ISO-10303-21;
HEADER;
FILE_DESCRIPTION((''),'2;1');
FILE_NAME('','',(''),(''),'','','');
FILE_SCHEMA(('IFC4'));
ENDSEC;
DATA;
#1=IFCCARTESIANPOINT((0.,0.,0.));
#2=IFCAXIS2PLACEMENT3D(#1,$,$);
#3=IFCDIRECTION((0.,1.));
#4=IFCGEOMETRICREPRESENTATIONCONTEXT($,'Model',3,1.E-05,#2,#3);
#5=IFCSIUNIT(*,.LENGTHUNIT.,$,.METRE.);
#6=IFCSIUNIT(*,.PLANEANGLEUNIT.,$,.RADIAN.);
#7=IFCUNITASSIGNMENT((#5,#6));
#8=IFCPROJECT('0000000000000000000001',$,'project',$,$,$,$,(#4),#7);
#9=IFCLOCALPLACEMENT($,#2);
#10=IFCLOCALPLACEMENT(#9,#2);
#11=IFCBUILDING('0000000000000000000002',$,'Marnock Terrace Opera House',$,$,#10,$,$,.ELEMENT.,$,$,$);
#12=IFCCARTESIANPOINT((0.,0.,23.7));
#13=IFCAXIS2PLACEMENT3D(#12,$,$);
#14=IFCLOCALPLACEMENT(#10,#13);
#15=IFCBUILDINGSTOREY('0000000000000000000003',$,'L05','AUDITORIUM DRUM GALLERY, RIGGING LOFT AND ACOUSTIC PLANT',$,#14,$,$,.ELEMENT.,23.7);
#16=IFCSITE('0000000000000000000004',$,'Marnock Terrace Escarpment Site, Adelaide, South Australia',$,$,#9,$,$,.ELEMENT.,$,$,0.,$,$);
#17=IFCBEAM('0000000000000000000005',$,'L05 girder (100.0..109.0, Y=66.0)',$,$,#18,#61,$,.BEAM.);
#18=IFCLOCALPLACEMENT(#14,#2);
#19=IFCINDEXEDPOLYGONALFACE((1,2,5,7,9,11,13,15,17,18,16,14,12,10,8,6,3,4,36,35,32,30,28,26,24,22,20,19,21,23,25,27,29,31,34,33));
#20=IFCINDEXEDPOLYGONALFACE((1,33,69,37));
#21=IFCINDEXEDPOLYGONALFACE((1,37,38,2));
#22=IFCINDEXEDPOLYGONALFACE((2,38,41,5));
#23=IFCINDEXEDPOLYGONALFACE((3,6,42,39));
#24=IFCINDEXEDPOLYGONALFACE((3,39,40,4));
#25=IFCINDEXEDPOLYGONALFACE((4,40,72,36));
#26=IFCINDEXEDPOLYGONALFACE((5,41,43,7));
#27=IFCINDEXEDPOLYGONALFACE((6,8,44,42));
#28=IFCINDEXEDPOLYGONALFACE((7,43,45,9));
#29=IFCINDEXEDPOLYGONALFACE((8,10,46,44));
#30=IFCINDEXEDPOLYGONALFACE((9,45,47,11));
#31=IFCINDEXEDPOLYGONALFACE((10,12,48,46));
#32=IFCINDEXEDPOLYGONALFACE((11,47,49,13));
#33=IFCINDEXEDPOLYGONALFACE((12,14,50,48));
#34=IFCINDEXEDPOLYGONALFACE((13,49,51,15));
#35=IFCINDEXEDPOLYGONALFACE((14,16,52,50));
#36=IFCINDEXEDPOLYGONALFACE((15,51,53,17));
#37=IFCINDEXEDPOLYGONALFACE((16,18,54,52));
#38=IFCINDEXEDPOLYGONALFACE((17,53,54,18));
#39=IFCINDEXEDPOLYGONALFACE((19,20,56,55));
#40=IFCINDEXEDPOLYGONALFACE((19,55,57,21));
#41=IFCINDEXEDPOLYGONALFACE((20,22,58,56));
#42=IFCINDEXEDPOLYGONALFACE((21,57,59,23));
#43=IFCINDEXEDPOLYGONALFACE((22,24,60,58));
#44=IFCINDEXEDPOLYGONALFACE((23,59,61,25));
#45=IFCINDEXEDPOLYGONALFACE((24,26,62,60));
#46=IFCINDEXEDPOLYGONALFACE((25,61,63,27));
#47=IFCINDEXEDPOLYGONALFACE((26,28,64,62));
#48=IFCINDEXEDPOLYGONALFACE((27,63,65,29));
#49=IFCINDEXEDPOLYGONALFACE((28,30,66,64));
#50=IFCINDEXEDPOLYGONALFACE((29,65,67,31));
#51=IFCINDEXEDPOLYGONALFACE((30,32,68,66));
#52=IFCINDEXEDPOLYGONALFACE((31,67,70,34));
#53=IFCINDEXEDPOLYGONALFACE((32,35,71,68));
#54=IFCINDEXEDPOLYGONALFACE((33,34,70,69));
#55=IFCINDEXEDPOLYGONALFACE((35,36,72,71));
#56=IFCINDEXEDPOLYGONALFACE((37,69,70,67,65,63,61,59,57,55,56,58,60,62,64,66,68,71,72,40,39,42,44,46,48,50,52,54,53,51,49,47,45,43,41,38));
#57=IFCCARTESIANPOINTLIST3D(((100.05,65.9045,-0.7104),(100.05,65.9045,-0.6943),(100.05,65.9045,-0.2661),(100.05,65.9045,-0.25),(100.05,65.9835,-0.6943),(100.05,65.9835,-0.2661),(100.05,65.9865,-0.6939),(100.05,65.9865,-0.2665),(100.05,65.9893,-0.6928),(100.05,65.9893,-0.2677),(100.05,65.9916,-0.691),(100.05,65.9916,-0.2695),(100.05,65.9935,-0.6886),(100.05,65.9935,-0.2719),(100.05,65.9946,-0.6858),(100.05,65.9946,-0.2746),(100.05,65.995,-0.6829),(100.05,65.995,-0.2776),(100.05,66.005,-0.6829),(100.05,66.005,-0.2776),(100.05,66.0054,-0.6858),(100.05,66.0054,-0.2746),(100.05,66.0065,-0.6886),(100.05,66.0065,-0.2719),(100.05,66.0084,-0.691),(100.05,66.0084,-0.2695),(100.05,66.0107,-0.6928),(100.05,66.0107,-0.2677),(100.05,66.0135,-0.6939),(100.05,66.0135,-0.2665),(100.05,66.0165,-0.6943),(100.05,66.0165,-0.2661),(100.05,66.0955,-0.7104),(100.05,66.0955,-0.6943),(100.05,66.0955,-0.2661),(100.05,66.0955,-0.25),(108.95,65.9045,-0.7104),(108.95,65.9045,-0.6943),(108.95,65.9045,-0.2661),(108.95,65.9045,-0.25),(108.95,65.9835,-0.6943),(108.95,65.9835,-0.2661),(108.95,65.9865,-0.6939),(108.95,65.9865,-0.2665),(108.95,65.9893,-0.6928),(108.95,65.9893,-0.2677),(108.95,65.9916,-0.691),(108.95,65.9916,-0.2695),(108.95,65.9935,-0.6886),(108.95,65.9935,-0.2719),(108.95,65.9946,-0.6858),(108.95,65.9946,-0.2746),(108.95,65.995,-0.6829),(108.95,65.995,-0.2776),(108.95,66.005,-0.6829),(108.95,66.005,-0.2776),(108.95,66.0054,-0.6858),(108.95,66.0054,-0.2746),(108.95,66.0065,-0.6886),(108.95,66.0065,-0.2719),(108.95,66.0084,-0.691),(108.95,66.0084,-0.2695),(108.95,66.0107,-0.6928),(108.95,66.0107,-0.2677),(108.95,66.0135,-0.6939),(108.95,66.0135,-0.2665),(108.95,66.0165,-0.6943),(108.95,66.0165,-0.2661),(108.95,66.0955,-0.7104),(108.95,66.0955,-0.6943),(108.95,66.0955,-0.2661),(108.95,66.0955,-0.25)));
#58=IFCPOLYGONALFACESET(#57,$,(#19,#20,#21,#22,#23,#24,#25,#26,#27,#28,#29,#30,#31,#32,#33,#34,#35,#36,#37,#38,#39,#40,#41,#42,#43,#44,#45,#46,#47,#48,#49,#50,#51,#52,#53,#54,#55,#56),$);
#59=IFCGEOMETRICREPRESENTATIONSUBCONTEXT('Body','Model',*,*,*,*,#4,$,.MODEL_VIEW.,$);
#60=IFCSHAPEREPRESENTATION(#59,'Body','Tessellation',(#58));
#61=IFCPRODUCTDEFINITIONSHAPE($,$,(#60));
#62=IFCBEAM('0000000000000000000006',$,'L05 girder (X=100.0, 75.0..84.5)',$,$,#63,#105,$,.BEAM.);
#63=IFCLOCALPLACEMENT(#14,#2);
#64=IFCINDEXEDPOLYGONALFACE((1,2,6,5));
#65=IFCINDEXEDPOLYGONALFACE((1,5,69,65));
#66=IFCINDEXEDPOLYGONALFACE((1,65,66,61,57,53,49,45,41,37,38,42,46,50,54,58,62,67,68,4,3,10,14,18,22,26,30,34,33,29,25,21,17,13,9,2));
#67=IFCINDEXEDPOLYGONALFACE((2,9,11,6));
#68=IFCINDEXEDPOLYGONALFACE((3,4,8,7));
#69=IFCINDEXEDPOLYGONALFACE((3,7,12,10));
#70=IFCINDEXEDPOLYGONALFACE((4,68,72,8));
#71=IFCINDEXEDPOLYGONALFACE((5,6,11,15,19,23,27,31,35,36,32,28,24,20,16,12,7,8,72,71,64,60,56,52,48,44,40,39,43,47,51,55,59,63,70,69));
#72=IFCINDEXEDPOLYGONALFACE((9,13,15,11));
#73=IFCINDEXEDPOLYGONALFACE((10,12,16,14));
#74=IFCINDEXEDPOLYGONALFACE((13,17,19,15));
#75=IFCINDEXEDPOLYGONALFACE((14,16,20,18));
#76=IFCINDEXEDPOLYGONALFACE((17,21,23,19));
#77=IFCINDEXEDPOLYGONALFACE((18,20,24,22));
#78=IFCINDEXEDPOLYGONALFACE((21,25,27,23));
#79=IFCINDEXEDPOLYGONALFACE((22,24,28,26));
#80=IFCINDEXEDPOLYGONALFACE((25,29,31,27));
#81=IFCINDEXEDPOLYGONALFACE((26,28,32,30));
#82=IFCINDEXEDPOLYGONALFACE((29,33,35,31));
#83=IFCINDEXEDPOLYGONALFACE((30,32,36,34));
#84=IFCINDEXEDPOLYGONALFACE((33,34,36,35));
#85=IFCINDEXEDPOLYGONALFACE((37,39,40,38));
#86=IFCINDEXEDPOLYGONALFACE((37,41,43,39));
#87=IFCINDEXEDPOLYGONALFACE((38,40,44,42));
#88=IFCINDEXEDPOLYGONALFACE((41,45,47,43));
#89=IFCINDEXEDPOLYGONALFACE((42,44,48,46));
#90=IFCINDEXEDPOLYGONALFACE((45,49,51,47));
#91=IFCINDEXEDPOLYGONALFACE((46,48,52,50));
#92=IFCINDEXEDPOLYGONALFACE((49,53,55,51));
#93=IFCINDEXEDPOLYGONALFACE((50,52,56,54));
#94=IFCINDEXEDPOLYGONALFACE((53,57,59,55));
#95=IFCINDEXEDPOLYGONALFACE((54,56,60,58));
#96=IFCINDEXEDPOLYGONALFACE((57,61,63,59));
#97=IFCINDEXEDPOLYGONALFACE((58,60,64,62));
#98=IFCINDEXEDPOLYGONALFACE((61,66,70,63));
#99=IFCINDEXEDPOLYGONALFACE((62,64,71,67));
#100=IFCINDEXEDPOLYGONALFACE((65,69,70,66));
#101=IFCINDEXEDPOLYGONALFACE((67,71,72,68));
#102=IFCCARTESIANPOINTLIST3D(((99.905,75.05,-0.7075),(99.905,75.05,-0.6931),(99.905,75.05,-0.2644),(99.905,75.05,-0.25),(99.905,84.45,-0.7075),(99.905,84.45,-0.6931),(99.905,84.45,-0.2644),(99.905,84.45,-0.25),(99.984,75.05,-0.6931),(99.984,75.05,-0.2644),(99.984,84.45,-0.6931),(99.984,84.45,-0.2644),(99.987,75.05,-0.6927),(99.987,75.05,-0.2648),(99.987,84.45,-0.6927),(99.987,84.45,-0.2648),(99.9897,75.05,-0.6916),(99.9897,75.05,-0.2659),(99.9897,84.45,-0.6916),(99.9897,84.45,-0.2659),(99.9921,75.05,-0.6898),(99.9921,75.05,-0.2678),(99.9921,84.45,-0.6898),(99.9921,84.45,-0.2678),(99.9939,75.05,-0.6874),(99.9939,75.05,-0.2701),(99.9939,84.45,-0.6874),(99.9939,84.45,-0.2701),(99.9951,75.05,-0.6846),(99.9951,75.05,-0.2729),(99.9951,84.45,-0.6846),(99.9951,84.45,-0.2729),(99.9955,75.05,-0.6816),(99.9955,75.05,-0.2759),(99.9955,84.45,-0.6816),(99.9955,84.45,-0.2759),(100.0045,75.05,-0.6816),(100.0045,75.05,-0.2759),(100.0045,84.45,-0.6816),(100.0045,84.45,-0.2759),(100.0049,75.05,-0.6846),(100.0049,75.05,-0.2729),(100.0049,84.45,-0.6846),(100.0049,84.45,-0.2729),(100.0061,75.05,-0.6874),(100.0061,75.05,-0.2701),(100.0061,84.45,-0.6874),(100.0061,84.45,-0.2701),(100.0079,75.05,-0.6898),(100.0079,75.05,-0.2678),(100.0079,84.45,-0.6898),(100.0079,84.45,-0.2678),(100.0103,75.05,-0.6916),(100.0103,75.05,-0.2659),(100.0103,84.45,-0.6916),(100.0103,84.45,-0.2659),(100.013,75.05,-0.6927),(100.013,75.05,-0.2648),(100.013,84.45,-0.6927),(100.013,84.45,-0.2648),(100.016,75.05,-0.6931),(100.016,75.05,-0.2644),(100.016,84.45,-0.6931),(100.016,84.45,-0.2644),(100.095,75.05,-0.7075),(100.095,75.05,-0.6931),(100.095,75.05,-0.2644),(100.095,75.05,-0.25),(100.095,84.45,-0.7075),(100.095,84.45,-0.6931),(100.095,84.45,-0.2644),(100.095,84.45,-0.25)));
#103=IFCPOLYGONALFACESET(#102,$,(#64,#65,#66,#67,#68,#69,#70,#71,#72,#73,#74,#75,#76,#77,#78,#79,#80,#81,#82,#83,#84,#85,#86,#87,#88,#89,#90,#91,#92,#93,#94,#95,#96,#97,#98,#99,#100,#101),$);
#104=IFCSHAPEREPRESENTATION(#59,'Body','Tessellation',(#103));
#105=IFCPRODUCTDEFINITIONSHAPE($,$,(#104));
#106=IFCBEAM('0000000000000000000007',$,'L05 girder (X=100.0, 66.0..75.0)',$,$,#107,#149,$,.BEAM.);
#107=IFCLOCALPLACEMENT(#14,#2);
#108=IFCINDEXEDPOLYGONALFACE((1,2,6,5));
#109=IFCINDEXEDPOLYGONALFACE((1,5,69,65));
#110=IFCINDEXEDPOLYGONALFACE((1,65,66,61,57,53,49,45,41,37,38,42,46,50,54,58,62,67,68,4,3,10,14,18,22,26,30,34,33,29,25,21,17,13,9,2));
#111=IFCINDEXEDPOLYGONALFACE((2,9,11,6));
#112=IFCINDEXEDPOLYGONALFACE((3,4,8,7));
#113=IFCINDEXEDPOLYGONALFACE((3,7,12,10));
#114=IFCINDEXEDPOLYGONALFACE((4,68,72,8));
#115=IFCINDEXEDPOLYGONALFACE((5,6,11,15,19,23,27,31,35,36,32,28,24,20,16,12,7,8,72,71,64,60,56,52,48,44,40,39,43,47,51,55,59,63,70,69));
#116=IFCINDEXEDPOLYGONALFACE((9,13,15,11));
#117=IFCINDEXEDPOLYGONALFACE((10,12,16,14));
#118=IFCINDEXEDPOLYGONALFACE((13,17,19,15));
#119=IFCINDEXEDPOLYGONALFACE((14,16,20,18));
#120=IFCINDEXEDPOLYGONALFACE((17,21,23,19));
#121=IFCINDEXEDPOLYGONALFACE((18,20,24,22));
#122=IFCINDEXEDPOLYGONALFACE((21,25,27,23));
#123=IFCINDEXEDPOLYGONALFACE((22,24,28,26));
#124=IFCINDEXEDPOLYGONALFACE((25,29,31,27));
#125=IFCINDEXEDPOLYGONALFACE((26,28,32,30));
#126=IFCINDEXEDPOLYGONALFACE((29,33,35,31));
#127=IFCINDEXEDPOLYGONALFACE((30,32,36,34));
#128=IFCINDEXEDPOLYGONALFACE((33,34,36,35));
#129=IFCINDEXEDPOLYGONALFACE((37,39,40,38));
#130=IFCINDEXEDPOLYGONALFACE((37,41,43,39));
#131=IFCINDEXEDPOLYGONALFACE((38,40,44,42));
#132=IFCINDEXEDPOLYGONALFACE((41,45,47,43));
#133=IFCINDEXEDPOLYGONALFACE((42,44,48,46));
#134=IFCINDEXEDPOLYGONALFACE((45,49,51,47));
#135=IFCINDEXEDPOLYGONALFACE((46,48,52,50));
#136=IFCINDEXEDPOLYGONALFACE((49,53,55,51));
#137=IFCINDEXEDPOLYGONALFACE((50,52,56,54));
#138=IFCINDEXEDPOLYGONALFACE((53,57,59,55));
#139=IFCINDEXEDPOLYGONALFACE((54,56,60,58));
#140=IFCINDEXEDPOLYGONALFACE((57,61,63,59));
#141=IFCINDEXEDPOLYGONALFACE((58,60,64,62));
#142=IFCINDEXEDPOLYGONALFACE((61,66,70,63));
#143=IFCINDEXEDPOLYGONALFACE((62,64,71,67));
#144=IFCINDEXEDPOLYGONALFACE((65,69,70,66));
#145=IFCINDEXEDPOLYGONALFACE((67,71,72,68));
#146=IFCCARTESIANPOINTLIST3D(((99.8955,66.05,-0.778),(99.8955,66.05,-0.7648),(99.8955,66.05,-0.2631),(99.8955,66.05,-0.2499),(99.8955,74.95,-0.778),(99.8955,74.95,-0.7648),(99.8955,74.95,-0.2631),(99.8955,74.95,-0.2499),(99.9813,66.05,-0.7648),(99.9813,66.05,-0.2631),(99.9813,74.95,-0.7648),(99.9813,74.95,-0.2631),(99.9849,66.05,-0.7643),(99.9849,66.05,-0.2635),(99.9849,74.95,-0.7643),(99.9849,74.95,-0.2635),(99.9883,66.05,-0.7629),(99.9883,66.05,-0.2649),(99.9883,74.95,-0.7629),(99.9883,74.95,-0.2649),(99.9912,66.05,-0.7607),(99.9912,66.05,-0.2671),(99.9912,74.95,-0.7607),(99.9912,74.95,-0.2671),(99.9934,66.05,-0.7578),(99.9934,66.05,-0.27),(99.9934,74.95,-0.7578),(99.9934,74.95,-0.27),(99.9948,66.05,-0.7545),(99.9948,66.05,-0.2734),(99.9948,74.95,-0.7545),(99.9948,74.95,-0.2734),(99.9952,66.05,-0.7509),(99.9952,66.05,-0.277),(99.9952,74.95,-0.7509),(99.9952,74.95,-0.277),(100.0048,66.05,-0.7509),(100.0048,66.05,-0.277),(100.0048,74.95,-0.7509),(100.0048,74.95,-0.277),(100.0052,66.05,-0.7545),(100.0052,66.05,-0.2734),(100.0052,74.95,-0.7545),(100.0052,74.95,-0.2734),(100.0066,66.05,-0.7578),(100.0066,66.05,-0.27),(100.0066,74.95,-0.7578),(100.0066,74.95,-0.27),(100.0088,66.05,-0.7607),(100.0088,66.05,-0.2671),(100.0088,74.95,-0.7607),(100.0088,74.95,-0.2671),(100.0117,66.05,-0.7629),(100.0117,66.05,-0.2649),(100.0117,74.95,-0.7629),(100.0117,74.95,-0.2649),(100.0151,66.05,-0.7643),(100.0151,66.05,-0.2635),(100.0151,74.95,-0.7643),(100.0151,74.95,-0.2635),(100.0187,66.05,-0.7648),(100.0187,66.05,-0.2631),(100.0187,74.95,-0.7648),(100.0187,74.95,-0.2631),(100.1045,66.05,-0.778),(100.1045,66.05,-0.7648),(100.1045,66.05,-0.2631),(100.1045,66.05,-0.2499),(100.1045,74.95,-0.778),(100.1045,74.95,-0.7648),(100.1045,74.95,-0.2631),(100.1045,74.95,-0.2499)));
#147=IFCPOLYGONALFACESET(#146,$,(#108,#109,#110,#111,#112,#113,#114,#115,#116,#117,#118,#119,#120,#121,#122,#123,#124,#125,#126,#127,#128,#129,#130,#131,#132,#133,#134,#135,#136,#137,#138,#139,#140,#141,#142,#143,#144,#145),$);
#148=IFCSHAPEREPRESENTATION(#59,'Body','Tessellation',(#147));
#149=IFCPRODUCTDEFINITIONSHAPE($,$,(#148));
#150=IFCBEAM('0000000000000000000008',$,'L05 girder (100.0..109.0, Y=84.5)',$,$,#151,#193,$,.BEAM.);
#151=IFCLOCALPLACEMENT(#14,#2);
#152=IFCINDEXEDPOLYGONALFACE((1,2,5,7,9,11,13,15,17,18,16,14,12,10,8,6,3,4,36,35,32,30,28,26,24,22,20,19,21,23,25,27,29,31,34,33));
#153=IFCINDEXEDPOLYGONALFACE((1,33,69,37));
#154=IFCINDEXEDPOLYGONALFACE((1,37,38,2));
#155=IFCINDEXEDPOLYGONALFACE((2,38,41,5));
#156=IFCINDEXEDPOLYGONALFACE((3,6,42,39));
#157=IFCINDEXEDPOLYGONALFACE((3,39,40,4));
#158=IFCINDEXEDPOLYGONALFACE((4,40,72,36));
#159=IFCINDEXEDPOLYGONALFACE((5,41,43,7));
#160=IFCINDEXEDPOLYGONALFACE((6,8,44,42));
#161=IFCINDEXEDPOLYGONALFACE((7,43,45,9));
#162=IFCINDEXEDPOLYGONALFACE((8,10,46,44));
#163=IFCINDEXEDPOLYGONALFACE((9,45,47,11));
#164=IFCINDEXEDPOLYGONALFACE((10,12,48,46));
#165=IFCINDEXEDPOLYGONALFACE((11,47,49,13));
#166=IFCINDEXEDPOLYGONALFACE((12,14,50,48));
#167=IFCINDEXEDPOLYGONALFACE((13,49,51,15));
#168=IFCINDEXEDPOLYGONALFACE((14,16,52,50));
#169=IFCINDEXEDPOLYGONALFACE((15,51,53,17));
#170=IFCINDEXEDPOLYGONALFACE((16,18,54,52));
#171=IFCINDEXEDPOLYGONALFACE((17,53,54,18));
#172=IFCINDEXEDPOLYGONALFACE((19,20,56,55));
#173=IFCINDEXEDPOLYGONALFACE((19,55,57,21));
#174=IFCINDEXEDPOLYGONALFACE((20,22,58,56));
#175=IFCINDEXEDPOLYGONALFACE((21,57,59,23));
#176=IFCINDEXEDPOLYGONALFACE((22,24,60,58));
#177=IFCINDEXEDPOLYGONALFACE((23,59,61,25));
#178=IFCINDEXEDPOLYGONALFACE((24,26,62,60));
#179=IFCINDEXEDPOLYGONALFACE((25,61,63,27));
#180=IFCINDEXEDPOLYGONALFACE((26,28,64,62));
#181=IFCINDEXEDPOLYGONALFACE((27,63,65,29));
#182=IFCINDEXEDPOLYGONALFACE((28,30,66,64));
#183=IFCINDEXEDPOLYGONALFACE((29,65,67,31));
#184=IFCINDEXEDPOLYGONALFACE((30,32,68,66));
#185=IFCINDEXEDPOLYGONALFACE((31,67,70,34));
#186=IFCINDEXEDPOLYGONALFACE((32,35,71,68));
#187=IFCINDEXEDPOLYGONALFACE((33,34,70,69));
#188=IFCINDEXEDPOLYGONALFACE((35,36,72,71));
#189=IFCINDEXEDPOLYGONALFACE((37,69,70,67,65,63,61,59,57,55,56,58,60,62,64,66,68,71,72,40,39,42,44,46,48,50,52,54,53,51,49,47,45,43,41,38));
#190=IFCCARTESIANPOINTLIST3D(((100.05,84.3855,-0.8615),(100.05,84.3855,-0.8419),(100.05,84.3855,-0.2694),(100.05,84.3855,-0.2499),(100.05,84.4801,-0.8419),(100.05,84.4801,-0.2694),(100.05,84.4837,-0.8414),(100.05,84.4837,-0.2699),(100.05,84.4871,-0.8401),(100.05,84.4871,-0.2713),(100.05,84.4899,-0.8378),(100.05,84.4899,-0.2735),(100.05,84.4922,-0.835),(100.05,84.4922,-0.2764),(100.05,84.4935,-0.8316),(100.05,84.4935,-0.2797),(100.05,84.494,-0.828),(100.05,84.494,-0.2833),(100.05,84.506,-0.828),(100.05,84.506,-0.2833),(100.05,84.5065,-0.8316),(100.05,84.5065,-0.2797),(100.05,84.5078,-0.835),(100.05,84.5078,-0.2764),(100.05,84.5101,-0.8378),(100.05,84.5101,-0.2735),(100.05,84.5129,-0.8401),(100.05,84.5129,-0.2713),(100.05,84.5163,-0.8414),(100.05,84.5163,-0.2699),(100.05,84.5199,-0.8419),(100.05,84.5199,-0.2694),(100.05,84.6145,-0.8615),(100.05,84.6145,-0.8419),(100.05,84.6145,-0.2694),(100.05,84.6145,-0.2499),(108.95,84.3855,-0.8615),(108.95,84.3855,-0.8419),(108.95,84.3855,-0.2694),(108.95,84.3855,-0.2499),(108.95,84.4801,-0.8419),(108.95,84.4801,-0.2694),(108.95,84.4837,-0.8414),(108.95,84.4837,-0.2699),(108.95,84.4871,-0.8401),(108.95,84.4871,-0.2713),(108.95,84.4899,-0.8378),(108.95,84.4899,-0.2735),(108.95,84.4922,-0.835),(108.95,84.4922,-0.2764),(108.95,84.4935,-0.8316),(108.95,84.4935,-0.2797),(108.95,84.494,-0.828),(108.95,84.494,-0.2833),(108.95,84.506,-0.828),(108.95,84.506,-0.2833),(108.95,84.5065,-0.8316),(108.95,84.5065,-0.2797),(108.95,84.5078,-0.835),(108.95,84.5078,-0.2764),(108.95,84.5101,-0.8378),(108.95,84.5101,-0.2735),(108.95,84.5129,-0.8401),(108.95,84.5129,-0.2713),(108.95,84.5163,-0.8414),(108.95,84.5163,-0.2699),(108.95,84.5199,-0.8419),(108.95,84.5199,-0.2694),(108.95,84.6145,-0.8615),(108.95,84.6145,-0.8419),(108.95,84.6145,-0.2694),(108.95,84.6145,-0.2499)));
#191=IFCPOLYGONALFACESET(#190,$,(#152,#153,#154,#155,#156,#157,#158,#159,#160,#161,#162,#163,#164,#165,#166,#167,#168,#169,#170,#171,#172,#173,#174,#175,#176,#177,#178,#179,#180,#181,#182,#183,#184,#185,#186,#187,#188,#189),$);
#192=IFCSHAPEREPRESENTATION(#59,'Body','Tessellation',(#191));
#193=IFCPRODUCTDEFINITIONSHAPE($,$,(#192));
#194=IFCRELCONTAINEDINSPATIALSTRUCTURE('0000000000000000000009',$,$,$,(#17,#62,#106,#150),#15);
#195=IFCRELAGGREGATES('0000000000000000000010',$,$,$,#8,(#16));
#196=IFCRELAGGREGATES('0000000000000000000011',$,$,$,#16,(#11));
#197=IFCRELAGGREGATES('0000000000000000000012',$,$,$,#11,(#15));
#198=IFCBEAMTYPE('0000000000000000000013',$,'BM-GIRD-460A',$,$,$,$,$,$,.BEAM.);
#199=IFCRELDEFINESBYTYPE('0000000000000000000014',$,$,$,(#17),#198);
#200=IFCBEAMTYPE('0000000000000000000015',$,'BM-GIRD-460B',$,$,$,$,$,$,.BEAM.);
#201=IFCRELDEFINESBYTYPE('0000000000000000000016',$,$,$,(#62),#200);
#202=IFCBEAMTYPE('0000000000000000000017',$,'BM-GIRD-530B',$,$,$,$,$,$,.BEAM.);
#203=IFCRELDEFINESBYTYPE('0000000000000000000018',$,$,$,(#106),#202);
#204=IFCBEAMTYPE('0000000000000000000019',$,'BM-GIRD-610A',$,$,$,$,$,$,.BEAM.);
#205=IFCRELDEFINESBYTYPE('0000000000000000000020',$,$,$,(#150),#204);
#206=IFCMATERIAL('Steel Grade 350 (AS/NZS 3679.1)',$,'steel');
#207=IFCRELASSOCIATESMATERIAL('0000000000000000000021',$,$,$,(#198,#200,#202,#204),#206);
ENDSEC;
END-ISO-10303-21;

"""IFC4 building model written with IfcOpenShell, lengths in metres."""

from ifc_helpers import new_model, si_unit, direction, frame, origin, origin_2d, place, context, subcontext, project, spatial, i_section, extrude, material, material_profile, profile_set, type_object, element, save


model = new_model("IFC4")

# Units and contexts
model_context = context("Model", 3, precision=1e-05, world=origin(), true_north=direction((0.0, 1.0)))
body_context = subcontext(model_context, "Body", "Model", "MODEL_VIEW")
ifc_project = project(units=[si_unit("LENGTHUNIT", "METRE"), si_unit("PLANEANGLEUNIT", "RADIAN")], contexts=[model_context])

# Site, building, storey
site_placement = place(None, origin())
site = spatial("IfcSite", under=ifc_project, at=site_placement, Name="Marnock Terrace Escarpment Site, Adelaide, South Australia", CompositionType="ELEMENT", RefElevation=0.0)
building_placement = place(site_placement, origin())
building = spatial("IfcBuilding", under=site, at=building_placement, Name="Marnock Terrace Opera House", CompositionType="ELEMENT")
storey_placement = place(building_placement, frame((0.0, 0.0, 23.7)))
storey = spatial("IfcBuildingStorey", under=building, at=storey_placement, Name="L05", Description="AUDITORIUM DRUM GALLERY, RIGGING LOFT AND ACOUSTIC PLANT", CompositionType="ELEMENT", Elevation=23.7)

# Beams
ifc_material_1 = material(Name="Steel Grade 350 (AS/NZS 3679.1)", Category="steel")
ifc_material_profile_1 = material_profile(ifc_material_1, i_section(OverallWidth=0.1909, OverallDepth=0.4604, WebThickness=0.01, FlangeThickness=0.0161, FilletRadius=0.0115, at=origin_2d()))
ifc_profile_set_1 = profile_set([ifc_material_profile_1], Name="Steel Grade 350 (AS/NZS 3679.1)")
beam_type_1 = type_object("IfcBeamType", Name="BM-GIRD-460A", PredefinedType="BEAM", material=ifc_profile_set_1)
beam_1_placement = place(storey_placement, frame((100.05, 66.0, -0.4802), z_axis=(1.0, 0.0, 0.0), x_axis=(0.0, 1.0, 0.0)))
element("IfcBeam", 1, at=beam_1_placement, inside=storey, type_object=beam_type_1, Name="L05 girder (100.0..109.0, Y=66.0)", PredefinedType="BEAM", context=body_context, shape_type="SweptSolid", body=[
    extrude(i_section(OverallWidth=0.1909, OverallDepth=0.4604, WebThickness=0.01, FlangeThickness=0.0161, FilletRadius=0.0115, at=origin_2d()), origin(), (0.0, 0.0, 1.0), 8.8999),
])
ifc_material_profile_2 = material_profile(ifc_material_1, i_section(OverallWidth=0.1899, OverallDepth=0.4575, WebThickness=0.009, FlangeThickness=0.0144, FilletRadius=0.0115, at=origin_2d()))
ifc_profile_set_2 = profile_set([ifc_material_profile_2], Name="Steel Grade 350 (AS/NZS 3679.1)")
beam_type_2 = type_object("IfcBeamType", Name="BM-GIRD-460B", PredefinedType="BEAM", material=ifc_profile_set_2)
beam_2_placement = place(storey_placement, frame((100.0, 75.05, -0.4788), z_axis=(0.0, 1.0, 0.0), x_axis=(-1.0, 0.0, 0.0)))
element("IfcBeam", 2, at=beam_2_placement, inside=storey, type_object=beam_type_2, Name="L05 girder (X=100.0, 75.0..84.5)", PredefinedType="BEAM", context=body_context, shape_type="SweptSolid", body=[
    extrude(i_section(OverallWidth=0.1899, OverallDepth=0.4575, WebThickness=0.009, FlangeThickness=0.0144, FilletRadius=0.0115, at=origin_2d()), origin(), (0.0, 0.0, 1.0), 9.3999),
])
ifc_material_profile_3 = material_profile(ifc_material_1, i_section(OverallWidth=0.209, OverallDepth=0.5281, WebThickness=0.0095, FlangeThickness=0.0132, FilletRadius=0.0139, at=origin_2d()))
ifc_profile_set_3 = profile_set([ifc_material_profile_3], Name="Steel Grade 350 (AS/NZS 3679.1)")
beam_type_3 = type_object("IfcBeamType", Name="BM-GIRD-530B", PredefinedType="BEAM", material=ifc_profile_set_3)
beam_3_placement = place(storey_placement, frame((100.0, 66.05, -0.5139), z_axis=(0.0, 1.0, 0.0), x_axis=(-1.0, 0.0, 0.0)))
element("IfcBeam", 3, at=beam_3_placement, inside=storey, type_object=beam_type_3, Name="L05 girder (X=100.0, 66.0..75.0)", PredefinedType="BEAM", context=body_context, shape_type="SweptSolid", body=[
    extrude(i_section(OverallWidth=0.209, OverallDepth=0.5281, WebThickness=0.0095, FlangeThickness=0.0132, FilletRadius=0.0139, at=origin_2d()), origin(), (0.0, 0.0, 1.0), 8.8999),
])
ifc_material_profile_4 = material_profile(ifc_material_1, i_section(OverallWidth=0.229, OverallDepth=0.6116, WebThickness=0.012, FlangeThickness=0.0195, FilletRadius=0.0139, at=origin_2d()))
ifc_profile_set_4 = profile_set([ifc_material_profile_4], Name="Steel Grade 350 (AS/NZS 3679.1)")
beam_type_4 = type_object("IfcBeamType", Name="BM-GIRD-610A", PredefinedType="BEAM", material=ifc_profile_set_4)
beam_4_placement = place(storey_placement, frame((100.05, 84.5, -0.5557), z_axis=(1.0, 0.0, 0.0), x_axis=(0.0, 1.0, 0.0)))
element("IfcBeam", 4, at=beam_4_placement, inside=storey, type_object=beam_type_4, Name="L05 girder (100.0..109.0, Y=84.5)", PredefinedType="BEAM", context=body_context, shape_type="SweptSolid", body=[
    extrude(i_section(OverallWidth=0.229, OverallDepth=0.6116, WebThickness=0.012, FlangeThickness=0.0195, FilletRadius=0.0139, at=origin_2d()), origin(), (0.0, 0.0, 1.0), 8.8999),
])

save(model, "model.ifc")
